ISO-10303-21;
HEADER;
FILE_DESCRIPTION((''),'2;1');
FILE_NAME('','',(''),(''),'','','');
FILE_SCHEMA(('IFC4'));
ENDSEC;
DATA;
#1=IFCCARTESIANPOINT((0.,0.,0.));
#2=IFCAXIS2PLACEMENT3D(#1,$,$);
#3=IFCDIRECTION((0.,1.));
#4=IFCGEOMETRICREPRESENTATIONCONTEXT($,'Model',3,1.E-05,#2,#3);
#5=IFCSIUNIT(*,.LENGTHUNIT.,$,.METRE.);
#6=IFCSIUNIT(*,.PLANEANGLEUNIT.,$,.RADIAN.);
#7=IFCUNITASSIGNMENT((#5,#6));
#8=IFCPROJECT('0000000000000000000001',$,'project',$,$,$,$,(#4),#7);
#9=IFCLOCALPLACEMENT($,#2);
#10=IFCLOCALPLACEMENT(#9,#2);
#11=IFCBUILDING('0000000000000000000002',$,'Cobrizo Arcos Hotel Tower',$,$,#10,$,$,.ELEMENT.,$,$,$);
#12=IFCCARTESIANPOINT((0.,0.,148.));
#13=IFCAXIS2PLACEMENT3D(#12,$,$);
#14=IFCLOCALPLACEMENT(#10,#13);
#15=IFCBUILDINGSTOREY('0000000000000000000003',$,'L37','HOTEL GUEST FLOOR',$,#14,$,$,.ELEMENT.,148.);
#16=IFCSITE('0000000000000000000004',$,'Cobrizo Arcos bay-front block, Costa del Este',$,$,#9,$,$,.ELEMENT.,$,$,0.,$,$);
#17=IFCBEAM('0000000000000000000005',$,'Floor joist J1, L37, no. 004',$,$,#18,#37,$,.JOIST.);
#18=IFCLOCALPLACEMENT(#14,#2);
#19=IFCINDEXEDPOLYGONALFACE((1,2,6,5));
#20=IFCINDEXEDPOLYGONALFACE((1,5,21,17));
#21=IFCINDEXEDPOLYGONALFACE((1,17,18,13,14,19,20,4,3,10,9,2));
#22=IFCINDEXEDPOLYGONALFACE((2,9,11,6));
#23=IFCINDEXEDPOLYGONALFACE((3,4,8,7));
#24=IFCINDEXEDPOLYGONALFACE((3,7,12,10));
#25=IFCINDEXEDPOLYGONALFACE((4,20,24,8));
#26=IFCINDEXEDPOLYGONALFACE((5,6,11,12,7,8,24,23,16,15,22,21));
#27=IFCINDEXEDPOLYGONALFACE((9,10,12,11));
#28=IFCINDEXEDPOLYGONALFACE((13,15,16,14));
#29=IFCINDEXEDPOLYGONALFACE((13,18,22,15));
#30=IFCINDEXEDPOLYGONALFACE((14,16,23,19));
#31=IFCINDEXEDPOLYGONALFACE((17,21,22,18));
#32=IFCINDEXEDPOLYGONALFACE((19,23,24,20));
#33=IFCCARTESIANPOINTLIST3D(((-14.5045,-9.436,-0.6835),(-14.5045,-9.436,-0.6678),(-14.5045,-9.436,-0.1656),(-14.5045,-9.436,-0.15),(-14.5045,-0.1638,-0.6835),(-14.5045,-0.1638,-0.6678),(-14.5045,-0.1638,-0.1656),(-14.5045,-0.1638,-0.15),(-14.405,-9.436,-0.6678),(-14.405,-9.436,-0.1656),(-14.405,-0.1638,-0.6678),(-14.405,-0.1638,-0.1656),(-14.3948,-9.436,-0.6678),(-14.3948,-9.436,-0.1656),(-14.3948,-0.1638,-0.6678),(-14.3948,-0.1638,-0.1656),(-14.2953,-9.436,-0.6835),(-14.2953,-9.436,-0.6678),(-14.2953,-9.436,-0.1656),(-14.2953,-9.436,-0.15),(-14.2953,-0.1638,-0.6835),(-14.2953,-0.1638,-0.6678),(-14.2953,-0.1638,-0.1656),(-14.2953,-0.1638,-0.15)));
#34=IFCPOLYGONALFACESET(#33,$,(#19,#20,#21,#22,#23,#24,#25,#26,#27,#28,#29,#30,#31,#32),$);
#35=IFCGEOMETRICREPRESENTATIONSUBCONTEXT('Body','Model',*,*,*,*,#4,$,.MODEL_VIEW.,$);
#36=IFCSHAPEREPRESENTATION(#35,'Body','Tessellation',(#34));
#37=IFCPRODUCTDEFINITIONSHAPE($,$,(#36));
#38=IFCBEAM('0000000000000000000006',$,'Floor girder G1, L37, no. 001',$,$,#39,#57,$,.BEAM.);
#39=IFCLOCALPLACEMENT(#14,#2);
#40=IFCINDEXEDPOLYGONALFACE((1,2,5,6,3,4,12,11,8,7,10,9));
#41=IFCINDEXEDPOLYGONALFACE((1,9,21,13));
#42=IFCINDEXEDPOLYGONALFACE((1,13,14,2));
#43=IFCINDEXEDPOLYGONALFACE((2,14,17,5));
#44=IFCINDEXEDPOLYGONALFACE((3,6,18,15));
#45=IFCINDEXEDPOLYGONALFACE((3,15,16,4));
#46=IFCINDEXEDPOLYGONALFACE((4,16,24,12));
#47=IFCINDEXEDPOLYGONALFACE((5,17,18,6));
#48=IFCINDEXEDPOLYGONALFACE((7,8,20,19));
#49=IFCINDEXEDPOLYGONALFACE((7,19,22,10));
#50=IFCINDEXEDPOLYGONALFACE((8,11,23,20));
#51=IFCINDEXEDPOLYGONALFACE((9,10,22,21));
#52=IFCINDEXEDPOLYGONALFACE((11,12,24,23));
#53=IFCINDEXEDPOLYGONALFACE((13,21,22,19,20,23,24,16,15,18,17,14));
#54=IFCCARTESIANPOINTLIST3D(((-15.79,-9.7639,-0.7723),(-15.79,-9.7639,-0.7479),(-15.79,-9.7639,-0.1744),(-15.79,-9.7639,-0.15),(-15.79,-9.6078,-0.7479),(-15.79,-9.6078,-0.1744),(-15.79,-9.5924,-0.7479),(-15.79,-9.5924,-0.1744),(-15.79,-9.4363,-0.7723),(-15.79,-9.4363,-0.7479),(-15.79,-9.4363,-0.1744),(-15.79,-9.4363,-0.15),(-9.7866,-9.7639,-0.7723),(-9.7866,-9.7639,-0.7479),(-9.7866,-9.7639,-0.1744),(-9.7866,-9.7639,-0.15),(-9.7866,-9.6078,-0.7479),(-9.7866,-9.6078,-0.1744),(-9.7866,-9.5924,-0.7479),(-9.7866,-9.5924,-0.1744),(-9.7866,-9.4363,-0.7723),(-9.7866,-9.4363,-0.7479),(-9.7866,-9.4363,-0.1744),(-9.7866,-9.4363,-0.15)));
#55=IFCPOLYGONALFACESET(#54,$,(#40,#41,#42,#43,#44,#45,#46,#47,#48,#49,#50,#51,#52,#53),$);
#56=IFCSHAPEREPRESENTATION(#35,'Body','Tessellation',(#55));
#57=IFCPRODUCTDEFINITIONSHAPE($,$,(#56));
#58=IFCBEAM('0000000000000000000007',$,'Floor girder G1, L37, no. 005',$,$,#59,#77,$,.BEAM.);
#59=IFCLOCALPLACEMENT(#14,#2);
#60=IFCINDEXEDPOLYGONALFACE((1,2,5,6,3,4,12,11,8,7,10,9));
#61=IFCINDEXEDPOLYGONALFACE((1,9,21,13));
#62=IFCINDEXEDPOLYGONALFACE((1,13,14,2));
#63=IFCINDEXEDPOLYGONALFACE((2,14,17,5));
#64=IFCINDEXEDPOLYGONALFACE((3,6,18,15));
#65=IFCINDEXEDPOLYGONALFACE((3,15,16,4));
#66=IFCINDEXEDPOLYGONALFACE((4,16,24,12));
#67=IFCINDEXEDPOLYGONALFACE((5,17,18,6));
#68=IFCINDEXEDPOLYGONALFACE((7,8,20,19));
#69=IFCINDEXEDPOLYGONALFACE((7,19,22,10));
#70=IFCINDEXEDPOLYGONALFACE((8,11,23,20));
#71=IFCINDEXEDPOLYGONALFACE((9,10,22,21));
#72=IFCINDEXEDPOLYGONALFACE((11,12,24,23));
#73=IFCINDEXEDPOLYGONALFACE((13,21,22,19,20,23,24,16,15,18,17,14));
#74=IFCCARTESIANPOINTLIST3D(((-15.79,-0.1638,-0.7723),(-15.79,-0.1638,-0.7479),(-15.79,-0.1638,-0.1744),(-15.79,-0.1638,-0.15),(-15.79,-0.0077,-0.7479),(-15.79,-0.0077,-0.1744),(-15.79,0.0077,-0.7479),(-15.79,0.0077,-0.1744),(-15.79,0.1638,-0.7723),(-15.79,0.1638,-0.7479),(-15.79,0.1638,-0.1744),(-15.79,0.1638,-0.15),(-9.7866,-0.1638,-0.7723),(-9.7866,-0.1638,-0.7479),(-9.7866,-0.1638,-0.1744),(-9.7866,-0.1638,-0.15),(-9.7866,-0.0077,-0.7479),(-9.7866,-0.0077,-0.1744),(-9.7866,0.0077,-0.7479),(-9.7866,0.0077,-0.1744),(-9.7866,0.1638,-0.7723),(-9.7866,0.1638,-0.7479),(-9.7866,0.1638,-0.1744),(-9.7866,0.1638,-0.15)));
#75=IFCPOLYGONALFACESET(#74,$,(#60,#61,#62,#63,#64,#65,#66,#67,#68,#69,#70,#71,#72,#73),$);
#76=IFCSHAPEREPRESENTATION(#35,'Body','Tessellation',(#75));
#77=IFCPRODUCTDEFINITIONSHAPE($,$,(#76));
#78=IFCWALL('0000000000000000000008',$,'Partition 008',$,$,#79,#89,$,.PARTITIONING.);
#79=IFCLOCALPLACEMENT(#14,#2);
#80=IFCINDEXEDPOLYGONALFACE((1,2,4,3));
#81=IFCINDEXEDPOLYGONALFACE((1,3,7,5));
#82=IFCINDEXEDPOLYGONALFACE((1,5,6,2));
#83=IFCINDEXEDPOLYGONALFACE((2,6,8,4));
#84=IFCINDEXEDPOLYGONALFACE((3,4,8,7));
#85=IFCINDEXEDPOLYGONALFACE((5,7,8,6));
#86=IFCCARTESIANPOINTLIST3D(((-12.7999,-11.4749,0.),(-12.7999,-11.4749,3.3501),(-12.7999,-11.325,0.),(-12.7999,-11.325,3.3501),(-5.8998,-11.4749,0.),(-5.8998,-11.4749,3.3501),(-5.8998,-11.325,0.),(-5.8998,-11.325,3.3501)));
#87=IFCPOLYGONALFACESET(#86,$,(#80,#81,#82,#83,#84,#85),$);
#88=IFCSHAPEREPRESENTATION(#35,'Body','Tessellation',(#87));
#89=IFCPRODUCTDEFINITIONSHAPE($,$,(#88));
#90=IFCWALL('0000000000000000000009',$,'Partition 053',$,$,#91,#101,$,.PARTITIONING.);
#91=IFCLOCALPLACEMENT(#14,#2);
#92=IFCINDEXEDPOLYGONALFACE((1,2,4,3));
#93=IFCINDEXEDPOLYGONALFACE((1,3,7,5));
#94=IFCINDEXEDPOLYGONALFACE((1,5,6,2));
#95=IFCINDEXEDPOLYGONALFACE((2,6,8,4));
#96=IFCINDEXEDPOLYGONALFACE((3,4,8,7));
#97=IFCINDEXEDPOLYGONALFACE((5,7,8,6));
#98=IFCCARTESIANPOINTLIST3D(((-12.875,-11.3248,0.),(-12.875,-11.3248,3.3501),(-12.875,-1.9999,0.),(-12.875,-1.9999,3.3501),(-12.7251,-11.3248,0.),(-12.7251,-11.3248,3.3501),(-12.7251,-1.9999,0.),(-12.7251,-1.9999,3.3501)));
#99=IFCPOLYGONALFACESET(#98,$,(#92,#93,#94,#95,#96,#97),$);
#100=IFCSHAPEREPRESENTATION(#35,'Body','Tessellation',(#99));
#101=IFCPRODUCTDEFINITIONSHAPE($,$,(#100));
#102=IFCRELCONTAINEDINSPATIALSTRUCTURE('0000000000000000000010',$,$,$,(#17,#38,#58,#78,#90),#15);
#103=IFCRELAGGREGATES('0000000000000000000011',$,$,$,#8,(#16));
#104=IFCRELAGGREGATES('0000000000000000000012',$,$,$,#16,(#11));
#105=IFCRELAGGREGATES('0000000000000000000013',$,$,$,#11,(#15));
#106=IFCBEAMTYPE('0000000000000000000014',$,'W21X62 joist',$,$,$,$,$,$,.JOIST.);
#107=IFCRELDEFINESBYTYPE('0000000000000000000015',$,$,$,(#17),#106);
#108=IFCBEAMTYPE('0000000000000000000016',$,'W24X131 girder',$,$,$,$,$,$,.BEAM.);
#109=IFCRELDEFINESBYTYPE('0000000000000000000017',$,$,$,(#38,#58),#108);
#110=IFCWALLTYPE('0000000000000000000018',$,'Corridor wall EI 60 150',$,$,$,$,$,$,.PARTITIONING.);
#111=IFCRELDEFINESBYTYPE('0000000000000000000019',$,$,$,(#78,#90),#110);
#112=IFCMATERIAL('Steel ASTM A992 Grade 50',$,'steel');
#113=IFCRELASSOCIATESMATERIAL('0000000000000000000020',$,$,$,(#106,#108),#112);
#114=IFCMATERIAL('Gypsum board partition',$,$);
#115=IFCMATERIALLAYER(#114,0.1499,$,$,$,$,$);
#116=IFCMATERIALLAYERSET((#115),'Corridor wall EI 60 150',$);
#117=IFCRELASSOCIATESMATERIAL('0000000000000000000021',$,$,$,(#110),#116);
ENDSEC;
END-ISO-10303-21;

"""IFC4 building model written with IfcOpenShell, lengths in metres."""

from ifc_helpers import new_model, si_unit, direction, frame, frame_2d, origin, origin_2d, place, context, subcontext, project, spatial, rectangle, i_section, extrude, material, layer, layer_set, material_profile, profile_set, type_object, element, save


model = new_model("IFC4")

# Units and contexts
model_context = context("Model", 3, precision=1e-05, world=origin(), true_north=direction((0.0, 1.0)))
body_context = subcontext(model_context, "Body", "Model", "MODEL_VIEW")
ifc_project = project(units=[si_unit("LENGTHUNIT", "METRE"), si_unit("PLANEANGLEUNIT", "RADIAN")], contexts=[model_context])

# Site, building, storey
site_placement = place(None, origin())
site = spatial("IfcSite", under=ifc_project, at=site_placement, Name="Cobrizo Arcos bay-front block, Costa del Este", CompositionType="ELEMENT", RefElevation=0.0)
building_placement = place(site_placement, origin())
building = spatial("IfcBuilding", under=site, at=building_placement, Name="Cobrizo Arcos Hotel Tower", CompositionType="ELEMENT")
storey_placement = place(building_placement, frame((0.0, 0.0, 148.0)))
storey = spatial("IfcBuildingStorey", under=building, at=storey_placement, Name="L37", Description="HOTEL GUEST FLOOR", CompositionType="ELEMENT", Elevation=148.0)

# Beams
ifc_material_1 = material(Name="Steel ASTM A992 Grade 50", Category="steel")
ifc_material_profile_1 = material_profile(ifc_material_1, i_section(OverallWidth=0.2092, OverallDepth=0.5334, WebThickness=0.0103, FlangeThickness=0.0156, at=origin_2d()), Name="W21X62")
ifc_profile_set_1 = profile_set([ifc_material_profile_1], Name="Steel ASTM A992 Grade 50")
beam_type_1 = type_object("IfcBeamType", Name="W21X62 joist", PredefinedType="JOIST", material=ifc_profile_set_1)
beam_placement = place(storey_placement, frame((-14.3999, -9.436, -0.4167), z_axis=(0.0, 1.0, 0.0), x_axis=(-1.0, 0.0, 0.0)))
element("IfcBeam", 1, at=beam_placement, inside=storey, type_object=beam_type_1, Name="Floor joist J1, L37, no. 004", PredefinedType="JOIST", context=body_context, shape_type="SweptSolid", body=[
    extrude(i_section(OverallWidth=0.2092, OverallDepth=0.5334, WebThickness=0.0103, FlangeThickness=0.0156, at=origin_2d()), origin(), (0.0, 0.0, 1.0), 9.2722),
])
ifc_material_profile_2 = material_profile(ifc_material_1, i_section(OverallWidth=0.3276, OverallDepth=0.6223, WebThickness=0.0154, FlangeThickness=0.0244, at=origin_2d()), Name="W24X131")
ifc_profile_set_2 = profile_set([ifc_material_profile_2], Name="Steel ASTM A992 Grade 50")
beam_type_2 = type_object("IfcBeamType", Name="W24X131 girder", PredefinedType="BEAM", material=ifc_profile_set_2)
for number, where, z_axis, x_axis, name in (
    (2, (-15.79, -9.6001, -0.4612), (1.0, 0.0, 0.0), (0.0, 1.0, 0.0), "Floor girder G1, L37, no. 001"),
    (3, (-15.79, 0.0, -0.4612), (1.0, 0.0, 0.0), (0.0, 1.0, 0.0), "Floor girder G1, L37, no. 005"),
):
    element("IfcBeam", number, at=place(storey_placement, frame(where, z_axis=z_axis, x_axis=x_axis)), inside=storey, type_object=beam_type_2, Name=name, PredefinedType="BEAM", context=body_context, shape_type="SweptSolid", body=[
        extrude(i_section(OverallWidth=0.3276, OverallDepth=0.6223, WebThickness=0.0154, FlangeThickness=0.0244, at=origin_2d()), origin(), (0.0, 0.0, 1.0), 6.0034),
    ])

# Walls
ifc_material_2 = material(Name="Gypsum board partition")
ifc_layer_1 = layer(ifc_material_2, 0.1499)
ifc_layer_set_1 = layer_set([ifc_layer_1], Name="Corridor wall EI 60 150")
wall_type_1 = type_object("IfcWallType", Name="Corridor wall EI 60 150", PredefinedType="PARTITIONING", material=ifc_layer_set_1)
wall_1_placement = place(storey_placement, frame((-12.8, -11.3999, 0.0), z_axis=(0.0, 0.0, 1.0), x_axis=(1.0, 0.0, 0.0)))
element("IfcWall", 4, at=wall_1_placement, inside=storey, type_object=wall_type_1, Name="Partition 008", PredefinedType="PARTITIONING", context=body_context, shape_type="SweptSolid", body=[
    extrude(rectangle(XDim=6.9001, YDim=0.1499, at=frame_2d((3.4502, 0.0))), origin(), (0.0, 0.0, 1.0), 3.3501),
])
wall_2_placement = place(storey_placement, frame((-12.8, -11.325, 0.0), z_axis=(0.0, 0.0, 1.0), x_axis=(0.0, 1.0, 0.0)))
element("IfcWall", 5, at=wall_2_placement, inside=storey, type_object=wall_type_1, Name="Partition 053", PredefinedType="PARTITIONING", context=body_context, shape_type="SweptSolid", body=[
    extrude(rectangle(XDim=9.325, YDim=0.1499, at=frame_2d((4.6626, 0.0))), origin(), (0.0, 0.0, 1.0), 3.3501),
])

save(model, "model.ifc")
